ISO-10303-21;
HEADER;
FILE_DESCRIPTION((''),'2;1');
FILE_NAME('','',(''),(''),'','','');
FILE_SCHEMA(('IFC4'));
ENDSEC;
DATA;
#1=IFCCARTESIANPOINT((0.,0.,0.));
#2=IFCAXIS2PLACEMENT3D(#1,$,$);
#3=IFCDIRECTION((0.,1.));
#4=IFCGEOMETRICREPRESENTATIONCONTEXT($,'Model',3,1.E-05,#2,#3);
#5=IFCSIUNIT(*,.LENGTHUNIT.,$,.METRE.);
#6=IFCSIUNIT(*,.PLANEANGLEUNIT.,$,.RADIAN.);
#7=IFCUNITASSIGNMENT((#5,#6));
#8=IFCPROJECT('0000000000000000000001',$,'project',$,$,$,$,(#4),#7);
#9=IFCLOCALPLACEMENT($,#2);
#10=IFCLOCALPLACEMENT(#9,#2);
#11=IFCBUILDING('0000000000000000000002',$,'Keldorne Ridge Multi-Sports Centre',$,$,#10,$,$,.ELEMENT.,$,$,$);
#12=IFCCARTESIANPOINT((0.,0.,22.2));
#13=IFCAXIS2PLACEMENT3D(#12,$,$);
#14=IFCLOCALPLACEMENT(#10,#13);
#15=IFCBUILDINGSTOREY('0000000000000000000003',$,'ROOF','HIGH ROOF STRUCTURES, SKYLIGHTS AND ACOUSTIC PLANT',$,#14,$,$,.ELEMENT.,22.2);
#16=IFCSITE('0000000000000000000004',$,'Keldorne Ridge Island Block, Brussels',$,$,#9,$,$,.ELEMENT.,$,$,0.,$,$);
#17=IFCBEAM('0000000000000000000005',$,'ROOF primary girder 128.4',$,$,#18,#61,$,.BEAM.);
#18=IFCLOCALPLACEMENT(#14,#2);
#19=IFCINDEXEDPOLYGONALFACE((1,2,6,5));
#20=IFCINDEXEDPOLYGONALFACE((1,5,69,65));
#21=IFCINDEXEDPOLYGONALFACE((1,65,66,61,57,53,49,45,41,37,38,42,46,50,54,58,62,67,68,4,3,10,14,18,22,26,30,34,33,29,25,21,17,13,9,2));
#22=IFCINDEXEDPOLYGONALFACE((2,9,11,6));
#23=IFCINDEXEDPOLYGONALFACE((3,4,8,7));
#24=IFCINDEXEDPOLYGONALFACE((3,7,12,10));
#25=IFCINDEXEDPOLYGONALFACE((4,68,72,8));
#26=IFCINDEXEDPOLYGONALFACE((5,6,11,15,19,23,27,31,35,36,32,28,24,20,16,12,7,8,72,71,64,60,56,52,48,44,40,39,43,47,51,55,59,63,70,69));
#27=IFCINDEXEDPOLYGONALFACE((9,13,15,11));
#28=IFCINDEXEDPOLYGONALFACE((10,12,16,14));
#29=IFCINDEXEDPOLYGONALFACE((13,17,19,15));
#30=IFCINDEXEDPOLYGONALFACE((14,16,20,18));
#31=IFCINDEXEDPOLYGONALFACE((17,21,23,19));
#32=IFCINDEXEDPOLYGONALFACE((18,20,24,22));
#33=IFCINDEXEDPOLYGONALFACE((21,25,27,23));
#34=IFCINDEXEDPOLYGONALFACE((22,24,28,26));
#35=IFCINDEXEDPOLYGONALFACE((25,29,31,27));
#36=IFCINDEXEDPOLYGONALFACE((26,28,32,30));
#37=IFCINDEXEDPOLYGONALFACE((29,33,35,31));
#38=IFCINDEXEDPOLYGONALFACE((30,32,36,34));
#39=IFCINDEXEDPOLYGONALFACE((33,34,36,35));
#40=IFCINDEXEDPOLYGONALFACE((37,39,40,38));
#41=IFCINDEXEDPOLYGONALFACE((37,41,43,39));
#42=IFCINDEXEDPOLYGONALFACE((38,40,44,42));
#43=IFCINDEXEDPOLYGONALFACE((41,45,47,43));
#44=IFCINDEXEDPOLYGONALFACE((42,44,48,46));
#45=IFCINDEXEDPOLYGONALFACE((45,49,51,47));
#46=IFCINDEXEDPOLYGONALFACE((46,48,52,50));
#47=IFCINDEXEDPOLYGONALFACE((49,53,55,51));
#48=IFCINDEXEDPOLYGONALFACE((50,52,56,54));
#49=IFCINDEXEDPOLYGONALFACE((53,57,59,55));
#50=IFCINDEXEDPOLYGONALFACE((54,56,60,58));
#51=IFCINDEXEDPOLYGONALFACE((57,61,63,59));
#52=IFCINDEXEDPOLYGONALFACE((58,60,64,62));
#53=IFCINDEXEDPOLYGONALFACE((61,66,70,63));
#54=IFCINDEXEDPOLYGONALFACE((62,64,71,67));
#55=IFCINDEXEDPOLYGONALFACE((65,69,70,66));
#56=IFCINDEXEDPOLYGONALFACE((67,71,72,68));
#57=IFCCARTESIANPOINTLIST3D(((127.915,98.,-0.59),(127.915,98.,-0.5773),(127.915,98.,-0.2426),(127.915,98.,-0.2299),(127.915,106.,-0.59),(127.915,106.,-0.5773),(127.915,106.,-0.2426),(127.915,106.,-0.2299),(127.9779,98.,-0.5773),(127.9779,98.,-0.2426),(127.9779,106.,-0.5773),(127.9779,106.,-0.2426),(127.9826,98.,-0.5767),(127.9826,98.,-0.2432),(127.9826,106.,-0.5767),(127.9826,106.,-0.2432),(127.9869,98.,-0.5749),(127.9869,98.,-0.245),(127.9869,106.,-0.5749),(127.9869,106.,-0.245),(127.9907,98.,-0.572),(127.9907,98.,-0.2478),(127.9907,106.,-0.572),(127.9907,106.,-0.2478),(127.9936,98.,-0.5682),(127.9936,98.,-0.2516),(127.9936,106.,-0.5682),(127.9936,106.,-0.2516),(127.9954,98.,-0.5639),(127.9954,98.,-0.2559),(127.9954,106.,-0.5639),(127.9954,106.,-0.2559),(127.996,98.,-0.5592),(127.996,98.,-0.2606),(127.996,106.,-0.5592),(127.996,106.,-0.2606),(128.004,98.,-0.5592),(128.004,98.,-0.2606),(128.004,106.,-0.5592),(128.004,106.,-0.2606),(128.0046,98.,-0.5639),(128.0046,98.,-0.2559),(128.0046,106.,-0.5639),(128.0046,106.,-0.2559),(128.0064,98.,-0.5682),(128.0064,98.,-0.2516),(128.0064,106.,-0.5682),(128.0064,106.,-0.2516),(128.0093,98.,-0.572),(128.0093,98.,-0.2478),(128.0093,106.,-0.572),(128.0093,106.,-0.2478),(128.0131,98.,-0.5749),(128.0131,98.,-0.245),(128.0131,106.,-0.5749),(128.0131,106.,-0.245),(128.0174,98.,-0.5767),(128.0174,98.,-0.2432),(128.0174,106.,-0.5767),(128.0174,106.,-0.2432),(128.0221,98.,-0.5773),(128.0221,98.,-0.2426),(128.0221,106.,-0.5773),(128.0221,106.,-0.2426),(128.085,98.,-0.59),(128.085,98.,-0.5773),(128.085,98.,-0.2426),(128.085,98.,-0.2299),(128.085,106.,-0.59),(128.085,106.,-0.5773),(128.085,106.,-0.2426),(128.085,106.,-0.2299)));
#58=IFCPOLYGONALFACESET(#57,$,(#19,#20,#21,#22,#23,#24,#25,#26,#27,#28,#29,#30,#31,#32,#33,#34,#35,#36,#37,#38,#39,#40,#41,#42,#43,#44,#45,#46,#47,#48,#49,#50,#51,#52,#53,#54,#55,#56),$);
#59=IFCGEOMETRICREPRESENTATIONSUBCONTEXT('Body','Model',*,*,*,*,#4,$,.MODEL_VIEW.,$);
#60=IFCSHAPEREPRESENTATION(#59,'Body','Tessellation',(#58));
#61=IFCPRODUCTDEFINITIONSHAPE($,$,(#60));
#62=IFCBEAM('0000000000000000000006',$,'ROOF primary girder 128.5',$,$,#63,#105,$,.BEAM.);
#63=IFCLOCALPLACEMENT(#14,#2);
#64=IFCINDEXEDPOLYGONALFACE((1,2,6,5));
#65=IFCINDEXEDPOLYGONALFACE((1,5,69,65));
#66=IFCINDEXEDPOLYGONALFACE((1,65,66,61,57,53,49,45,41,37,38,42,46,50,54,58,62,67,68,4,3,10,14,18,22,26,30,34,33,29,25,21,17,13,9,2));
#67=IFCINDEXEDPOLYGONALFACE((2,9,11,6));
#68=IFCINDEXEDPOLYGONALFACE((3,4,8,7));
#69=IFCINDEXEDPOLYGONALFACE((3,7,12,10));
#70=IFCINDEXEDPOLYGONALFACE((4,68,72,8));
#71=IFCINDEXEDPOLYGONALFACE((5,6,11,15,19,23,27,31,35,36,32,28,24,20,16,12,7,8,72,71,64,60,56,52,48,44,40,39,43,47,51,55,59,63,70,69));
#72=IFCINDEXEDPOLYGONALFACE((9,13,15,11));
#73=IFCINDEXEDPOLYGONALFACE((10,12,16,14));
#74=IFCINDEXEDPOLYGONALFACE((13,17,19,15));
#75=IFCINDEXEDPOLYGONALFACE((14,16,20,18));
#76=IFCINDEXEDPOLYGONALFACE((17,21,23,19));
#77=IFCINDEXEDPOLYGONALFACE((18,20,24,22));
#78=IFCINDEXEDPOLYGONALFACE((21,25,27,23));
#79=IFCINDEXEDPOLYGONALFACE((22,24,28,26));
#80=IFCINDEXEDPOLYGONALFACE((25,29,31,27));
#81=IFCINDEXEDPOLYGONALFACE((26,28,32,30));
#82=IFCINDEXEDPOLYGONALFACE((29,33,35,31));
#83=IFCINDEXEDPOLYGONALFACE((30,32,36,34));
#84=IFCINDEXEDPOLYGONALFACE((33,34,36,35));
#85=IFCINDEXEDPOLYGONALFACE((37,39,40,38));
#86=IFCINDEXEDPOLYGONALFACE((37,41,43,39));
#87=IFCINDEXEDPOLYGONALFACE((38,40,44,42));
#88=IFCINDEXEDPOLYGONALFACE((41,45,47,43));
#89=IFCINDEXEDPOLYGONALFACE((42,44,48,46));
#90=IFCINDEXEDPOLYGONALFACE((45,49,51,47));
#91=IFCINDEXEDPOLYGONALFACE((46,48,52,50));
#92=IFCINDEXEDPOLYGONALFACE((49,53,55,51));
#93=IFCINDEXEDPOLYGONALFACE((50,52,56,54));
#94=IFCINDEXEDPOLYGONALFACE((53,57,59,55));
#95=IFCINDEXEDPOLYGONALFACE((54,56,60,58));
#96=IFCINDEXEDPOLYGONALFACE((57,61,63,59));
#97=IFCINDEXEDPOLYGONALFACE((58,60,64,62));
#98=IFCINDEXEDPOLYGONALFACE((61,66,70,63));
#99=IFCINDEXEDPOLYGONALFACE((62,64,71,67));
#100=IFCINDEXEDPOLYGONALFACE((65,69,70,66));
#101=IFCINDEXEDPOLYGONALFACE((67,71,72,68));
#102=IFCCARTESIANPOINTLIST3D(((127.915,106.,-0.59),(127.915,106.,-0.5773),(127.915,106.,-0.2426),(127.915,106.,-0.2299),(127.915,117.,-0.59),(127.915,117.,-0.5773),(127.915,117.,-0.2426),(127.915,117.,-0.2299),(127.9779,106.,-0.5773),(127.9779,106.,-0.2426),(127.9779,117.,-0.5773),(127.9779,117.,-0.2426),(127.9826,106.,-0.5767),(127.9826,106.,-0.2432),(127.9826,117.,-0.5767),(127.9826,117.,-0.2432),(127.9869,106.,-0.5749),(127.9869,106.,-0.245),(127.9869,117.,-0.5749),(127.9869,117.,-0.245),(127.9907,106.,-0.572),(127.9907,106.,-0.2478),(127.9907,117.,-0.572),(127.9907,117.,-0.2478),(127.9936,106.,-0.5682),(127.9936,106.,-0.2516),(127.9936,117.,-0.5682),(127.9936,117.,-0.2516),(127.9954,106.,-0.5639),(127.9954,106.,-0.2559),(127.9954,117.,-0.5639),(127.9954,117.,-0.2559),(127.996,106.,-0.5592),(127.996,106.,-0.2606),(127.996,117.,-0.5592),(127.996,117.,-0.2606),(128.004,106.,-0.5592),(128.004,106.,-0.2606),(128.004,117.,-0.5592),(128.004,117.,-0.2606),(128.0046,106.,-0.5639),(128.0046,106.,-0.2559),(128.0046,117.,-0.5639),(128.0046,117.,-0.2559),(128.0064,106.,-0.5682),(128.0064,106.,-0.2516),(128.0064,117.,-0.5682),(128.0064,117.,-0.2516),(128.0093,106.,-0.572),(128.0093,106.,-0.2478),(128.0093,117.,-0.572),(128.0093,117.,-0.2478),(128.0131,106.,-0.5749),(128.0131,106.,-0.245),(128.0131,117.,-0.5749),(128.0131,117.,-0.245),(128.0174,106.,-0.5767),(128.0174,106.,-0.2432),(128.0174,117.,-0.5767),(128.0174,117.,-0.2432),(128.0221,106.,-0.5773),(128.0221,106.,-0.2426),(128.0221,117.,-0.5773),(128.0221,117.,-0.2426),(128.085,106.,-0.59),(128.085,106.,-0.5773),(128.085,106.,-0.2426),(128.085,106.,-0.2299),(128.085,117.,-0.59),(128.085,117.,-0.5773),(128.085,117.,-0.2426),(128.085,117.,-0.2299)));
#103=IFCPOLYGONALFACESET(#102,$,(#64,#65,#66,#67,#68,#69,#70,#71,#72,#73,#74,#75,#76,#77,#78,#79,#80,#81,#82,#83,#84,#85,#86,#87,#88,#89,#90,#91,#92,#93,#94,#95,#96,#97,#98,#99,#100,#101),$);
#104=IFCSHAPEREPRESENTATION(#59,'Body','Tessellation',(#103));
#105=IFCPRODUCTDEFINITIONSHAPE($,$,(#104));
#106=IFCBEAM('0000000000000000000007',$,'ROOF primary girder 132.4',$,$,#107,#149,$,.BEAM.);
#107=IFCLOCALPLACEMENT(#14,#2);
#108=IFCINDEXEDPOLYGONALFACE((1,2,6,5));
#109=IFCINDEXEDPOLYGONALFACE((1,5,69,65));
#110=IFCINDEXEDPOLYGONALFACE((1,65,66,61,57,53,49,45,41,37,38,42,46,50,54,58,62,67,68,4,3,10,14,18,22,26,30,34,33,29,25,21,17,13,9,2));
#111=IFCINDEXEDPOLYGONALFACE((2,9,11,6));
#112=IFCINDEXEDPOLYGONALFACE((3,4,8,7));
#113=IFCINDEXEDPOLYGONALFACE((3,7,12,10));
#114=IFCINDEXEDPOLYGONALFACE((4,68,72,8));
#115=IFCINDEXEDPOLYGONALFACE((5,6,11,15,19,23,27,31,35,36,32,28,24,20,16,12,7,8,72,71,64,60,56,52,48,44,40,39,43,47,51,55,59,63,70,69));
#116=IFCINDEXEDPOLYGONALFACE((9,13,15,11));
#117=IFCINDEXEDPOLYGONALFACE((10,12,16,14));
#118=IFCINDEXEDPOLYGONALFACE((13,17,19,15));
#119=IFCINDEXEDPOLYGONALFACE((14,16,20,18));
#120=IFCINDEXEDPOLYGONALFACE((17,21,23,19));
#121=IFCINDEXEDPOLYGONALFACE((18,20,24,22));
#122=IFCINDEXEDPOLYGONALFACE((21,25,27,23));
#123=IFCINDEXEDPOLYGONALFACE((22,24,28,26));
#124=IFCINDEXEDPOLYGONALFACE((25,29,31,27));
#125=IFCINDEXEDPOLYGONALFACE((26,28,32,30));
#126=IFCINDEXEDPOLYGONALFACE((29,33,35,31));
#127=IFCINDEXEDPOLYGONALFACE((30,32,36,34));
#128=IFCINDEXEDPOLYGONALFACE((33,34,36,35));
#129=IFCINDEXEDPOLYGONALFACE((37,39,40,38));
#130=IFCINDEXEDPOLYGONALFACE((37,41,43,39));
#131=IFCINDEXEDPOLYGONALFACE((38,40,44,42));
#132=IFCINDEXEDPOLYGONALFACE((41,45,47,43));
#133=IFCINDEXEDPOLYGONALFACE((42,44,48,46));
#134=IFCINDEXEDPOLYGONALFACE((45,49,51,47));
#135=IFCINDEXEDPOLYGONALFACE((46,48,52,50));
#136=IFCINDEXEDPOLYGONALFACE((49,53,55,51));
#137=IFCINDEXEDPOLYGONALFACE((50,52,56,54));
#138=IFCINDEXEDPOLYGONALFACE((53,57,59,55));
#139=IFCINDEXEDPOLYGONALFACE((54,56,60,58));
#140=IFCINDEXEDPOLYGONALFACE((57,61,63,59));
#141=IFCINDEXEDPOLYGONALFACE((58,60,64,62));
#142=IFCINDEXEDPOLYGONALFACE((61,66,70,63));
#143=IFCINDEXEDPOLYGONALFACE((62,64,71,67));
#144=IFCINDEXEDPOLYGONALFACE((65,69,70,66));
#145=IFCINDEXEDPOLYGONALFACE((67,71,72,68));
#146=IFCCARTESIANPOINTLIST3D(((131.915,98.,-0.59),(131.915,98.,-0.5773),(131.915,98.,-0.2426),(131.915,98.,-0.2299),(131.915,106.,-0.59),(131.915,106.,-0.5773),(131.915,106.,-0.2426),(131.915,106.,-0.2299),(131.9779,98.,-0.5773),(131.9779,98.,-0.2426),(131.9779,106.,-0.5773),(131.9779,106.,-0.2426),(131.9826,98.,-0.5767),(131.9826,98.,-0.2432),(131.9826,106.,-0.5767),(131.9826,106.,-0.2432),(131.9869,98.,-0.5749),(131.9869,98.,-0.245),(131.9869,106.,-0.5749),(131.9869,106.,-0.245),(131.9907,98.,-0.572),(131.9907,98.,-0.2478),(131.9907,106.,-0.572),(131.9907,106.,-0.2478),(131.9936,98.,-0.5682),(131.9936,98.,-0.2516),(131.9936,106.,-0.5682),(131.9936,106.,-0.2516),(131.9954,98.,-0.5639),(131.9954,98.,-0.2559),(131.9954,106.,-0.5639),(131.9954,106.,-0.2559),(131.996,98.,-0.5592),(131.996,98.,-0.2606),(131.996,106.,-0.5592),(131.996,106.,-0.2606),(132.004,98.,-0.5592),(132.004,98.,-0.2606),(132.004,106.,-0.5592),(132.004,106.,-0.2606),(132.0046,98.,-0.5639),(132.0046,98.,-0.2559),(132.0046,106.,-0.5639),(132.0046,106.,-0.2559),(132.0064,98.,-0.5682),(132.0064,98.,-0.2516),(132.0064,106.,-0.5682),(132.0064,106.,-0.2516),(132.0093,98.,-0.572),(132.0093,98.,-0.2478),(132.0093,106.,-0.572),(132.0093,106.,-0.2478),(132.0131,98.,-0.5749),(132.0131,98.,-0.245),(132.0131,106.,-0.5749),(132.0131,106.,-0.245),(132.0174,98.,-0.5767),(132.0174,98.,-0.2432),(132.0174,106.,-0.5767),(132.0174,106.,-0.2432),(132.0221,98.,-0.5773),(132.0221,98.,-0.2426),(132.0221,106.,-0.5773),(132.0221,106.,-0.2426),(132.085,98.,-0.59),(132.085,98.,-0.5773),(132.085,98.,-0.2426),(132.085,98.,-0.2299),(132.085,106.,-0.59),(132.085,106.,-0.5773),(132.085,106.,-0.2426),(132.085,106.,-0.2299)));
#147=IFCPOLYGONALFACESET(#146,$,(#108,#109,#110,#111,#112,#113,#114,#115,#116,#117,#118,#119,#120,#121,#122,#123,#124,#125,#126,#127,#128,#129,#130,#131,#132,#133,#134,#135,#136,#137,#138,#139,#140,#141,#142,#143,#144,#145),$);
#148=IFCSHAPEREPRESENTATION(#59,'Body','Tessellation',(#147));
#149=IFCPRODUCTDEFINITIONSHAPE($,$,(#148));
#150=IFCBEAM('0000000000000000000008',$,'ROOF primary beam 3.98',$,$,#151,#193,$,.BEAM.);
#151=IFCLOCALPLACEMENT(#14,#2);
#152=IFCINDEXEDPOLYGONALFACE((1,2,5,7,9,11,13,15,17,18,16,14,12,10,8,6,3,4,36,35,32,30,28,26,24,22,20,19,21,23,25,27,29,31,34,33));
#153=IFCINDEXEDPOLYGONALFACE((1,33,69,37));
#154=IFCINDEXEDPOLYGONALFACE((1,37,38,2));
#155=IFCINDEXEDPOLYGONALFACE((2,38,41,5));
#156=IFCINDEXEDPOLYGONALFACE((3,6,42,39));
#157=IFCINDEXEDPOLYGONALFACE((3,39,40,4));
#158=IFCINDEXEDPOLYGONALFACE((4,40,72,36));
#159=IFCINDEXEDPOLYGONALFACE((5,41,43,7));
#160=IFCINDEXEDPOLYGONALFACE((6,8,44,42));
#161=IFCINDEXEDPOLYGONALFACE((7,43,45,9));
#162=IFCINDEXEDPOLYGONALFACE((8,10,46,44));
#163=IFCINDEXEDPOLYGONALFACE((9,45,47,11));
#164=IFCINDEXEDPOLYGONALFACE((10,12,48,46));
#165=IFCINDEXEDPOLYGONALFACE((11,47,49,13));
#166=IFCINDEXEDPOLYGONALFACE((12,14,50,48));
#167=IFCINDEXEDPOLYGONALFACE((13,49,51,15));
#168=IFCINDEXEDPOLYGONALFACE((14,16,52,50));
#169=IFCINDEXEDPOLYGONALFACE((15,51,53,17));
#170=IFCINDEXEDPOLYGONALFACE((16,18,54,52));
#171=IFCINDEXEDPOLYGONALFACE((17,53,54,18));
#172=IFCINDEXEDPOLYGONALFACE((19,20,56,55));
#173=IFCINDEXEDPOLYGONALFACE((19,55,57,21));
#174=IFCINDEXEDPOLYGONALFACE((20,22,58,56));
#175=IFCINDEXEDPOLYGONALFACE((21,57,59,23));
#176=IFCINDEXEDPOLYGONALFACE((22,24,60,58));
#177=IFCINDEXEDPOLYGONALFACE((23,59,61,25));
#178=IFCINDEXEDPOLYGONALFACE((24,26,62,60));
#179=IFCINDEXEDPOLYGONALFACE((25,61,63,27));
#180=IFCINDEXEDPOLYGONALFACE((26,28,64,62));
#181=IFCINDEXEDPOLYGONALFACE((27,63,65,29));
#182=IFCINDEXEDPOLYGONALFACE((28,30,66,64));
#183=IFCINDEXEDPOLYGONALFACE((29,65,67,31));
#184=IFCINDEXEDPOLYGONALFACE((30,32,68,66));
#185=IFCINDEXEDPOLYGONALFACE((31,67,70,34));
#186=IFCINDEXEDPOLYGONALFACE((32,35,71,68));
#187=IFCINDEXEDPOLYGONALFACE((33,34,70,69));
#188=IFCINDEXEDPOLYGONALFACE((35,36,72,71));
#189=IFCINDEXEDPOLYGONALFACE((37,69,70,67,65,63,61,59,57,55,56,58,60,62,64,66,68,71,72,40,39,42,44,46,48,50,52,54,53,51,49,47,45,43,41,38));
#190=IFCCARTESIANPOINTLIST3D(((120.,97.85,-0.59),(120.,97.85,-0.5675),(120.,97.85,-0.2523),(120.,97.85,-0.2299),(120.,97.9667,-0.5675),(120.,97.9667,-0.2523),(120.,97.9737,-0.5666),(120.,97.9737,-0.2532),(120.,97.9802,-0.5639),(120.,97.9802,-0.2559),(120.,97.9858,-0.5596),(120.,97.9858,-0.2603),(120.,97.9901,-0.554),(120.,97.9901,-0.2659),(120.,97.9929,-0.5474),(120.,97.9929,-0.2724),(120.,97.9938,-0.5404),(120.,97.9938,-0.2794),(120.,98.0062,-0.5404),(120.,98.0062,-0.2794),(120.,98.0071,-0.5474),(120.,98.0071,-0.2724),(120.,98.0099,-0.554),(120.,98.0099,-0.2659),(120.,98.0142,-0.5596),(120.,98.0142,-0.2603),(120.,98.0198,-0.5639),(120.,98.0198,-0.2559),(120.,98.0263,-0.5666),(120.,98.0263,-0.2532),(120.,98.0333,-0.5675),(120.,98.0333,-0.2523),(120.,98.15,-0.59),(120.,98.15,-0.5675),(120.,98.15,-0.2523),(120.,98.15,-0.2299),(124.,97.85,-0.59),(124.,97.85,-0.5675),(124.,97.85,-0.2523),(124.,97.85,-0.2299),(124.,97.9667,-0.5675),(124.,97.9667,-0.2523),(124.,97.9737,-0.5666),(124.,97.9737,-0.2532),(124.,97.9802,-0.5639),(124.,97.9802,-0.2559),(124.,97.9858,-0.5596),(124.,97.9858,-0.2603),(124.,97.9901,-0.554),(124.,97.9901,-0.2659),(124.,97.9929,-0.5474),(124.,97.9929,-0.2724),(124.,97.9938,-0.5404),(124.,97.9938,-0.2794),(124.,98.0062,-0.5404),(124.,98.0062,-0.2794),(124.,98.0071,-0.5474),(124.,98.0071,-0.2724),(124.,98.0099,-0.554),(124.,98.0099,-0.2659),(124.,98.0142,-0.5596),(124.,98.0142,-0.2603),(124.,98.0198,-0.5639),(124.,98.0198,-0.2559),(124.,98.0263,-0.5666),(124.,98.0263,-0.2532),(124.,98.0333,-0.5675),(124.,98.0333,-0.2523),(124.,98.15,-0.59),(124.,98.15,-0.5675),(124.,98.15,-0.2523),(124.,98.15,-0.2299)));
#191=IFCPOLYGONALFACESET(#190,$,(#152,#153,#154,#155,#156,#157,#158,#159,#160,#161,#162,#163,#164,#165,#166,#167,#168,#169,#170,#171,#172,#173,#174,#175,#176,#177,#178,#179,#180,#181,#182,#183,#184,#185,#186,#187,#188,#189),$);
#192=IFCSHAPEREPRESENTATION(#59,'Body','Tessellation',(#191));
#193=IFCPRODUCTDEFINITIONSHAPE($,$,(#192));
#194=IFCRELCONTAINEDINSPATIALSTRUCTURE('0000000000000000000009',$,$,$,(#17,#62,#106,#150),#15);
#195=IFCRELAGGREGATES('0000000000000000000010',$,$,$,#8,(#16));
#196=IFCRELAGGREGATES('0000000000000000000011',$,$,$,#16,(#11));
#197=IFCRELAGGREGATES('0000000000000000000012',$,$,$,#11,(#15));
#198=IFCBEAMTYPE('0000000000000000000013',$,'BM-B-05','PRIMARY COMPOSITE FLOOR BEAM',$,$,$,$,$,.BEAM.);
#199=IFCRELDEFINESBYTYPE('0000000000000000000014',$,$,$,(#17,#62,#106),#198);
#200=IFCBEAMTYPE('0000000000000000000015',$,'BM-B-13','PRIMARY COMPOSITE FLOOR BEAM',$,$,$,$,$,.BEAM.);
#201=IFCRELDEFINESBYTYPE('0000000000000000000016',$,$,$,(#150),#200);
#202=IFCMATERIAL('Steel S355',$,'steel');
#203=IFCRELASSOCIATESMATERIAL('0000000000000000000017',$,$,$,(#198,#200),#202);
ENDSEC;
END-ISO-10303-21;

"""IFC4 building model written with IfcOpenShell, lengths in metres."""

from ifc_helpers import new_model, si_unit, direction, frame, origin, origin_2d, place, context, subcontext, project, spatial, i_section, extrude, material, material_profile, profile_set, type_object, element, save


model = new_model("IFC4")

# Units and contexts
model_context = context("Model", 3, precision=1e-05, world=origin(), true_north=direction((0.0, 1.0)))
body_context = subcontext(model_context, "Body", "Model", "MODEL_VIEW")
ifc_project = project(units=[si_unit("LENGTHUNIT", "METRE"), si_unit("PLANEANGLEUNIT", "RADIAN")], contexts=[model_context])

# Site, building, storey
site_placement = place(None, origin())
site = spatial("IfcSite", under=ifc_project, at=site_placement, Name="Keldorne Ridge Island Block, Brussels", CompositionType="ELEMENT", RefElevation=0.0)
building_placement = place(site_placement, origin())
building = spatial("IfcBuilding", under=site, at=building_placement, Name="Keldorne Ridge Multi-Sports Centre", CompositionType="ELEMENT")
storey_placement = place(building_placement, frame((0.0, 0.0, 22.2)))
storey = spatial("IfcBuildingStorey", under=building, at=storey_placement, Name="ROOF", Description="HIGH ROOF STRUCTURES, SKYLIGHTS AND ACOUSTIC PLANT", CompositionType="ELEMENT", Elevation=22.2)

# Beams
ifc_material_1 = material(Name="Steel S355", Category="steel")
ifc_material_profile_1 = material_profile(ifc_material_1, i_section(OverallWidth=0.1699, OverallDepth=0.3601, WebThickness=0.0081, FlangeThickness=0.0127, FilletRadius=0.0181, at=origin_2d()), Name="IPE 360")
ifc_profile_set_1 = profile_set([ifc_material_profile_1], Name="Steel S355")
beam_type_1 = type_object("IfcBeamType", Name="BM-B-05", Description="PRIMARY COMPOSITE FLOOR BEAM", PredefinedType="BEAM", material=ifc_profile_set_1)
beam_1_placement = place(storey_placement, frame((128.0, 98.0, -0.4099), z_axis=(0.0, 1.0, 0.0), x_axis=(-1.0, 0.0, 0.0)))
element("IfcBeam", 1, at=beam_1_placement, inside=storey, type_object=beam_type_1, Name="ROOF primary girder 128.4", PredefinedType="BEAM", context=body_context, shape_type="SweptSolid", body=[
    extrude(i_section(OverallWidth=0.1699, OverallDepth=0.3601, WebThickness=0.0081, FlangeThickness=0.0127, FilletRadius=0.0181, at=origin_2d()), origin(), (0.0, 0.0, 1.0), 8.0),
])
beam_2_placement = place(storey_placement, frame((128.0, 106.0, -0.4099), z_axis=(0.0, 1.0, 0.0), x_axis=(-1.0, 0.0, 0.0)))
element("IfcBeam", 2, at=beam_2_placement, inside=storey, type_object=beam_type_1, Name="ROOF primary girder 128.5", PredefinedType="BEAM", context=body_context, shape_type="SweptSolid", body=[
    extrude(i_section(OverallWidth=0.1699, OverallDepth=0.3601, WebThickness=0.0081, FlangeThickness=0.0127, FilletRadius=0.0181, at=origin_2d()), origin(), (0.0, 0.0, 1.0), 11.0),
])
beam_3_placement = place(storey_placement, frame((132.0, 98.0, -0.4099), z_axis=(0.0, 1.0, 0.0), x_axis=(-1.0, 0.0, 0.0)))
element("IfcBeam", 3, at=beam_3_placement, inside=storey, type_object=beam_type_1, Name="ROOF primary girder 132.4", PredefinedType="BEAM", context=body_context, shape_type="SweptSolid", body=[
    extrude(i_section(OverallWidth=0.1699, OverallDepth=0.3601, WebThickness=0.0081, FlangeThickness=0.0127, FilletRadius=0.0181, at=origin_2d()), origin(), (0.0, 0.0, 1.0), 8.0),
])
ifc_material_profile_2 = material_profile(ifc_material_1, i_section(OverallWidth=0.3, OverallDepth=0.3601, WebThickness=0.0125, FlangeThickness=0.0225, FilletRadius=0.0271, at=origin_2d()), Name="HEB 360")
ifc_profile_set_2 = profile_set([ifc_material_profile_2], Name="Steel S355")
beam_type_2 = type_object("IfcBeamType", Name="BM-B-13", Description="PRIMARY COMPOSITE FLOOR BEAM", PredefinedType="BEAM", material=ifc_profile_set_2)
for number, where, z_axis, x_axis, name in (
    (4, (120.0, 98.0, -0.4099), (1.0, 0.0, 0.0), (0.0, 1.0, 0.0), "ROOF primary beam 3.98"),
):
    element("IfcBeam", number, at=place(storey_placement, frame(where, z_axis=z_axis, x_axis=x_axis)), inside=storey, type_object=beam_type_2, Name=name, PredefinedType="BEAM", context=body_context, shape_type="SweptSolid", body=[
        extrude(i_section(OverallWidth=0.3, OverallDepth=0.3601, WebThickness=0.0125, FlangeThickness=0.0225, FilletRadius=0.0271, at=origin_2d()), origin(), (0.0, 0.0, 1.0), 4.0),
    ])

save(model, "model.ifc")
